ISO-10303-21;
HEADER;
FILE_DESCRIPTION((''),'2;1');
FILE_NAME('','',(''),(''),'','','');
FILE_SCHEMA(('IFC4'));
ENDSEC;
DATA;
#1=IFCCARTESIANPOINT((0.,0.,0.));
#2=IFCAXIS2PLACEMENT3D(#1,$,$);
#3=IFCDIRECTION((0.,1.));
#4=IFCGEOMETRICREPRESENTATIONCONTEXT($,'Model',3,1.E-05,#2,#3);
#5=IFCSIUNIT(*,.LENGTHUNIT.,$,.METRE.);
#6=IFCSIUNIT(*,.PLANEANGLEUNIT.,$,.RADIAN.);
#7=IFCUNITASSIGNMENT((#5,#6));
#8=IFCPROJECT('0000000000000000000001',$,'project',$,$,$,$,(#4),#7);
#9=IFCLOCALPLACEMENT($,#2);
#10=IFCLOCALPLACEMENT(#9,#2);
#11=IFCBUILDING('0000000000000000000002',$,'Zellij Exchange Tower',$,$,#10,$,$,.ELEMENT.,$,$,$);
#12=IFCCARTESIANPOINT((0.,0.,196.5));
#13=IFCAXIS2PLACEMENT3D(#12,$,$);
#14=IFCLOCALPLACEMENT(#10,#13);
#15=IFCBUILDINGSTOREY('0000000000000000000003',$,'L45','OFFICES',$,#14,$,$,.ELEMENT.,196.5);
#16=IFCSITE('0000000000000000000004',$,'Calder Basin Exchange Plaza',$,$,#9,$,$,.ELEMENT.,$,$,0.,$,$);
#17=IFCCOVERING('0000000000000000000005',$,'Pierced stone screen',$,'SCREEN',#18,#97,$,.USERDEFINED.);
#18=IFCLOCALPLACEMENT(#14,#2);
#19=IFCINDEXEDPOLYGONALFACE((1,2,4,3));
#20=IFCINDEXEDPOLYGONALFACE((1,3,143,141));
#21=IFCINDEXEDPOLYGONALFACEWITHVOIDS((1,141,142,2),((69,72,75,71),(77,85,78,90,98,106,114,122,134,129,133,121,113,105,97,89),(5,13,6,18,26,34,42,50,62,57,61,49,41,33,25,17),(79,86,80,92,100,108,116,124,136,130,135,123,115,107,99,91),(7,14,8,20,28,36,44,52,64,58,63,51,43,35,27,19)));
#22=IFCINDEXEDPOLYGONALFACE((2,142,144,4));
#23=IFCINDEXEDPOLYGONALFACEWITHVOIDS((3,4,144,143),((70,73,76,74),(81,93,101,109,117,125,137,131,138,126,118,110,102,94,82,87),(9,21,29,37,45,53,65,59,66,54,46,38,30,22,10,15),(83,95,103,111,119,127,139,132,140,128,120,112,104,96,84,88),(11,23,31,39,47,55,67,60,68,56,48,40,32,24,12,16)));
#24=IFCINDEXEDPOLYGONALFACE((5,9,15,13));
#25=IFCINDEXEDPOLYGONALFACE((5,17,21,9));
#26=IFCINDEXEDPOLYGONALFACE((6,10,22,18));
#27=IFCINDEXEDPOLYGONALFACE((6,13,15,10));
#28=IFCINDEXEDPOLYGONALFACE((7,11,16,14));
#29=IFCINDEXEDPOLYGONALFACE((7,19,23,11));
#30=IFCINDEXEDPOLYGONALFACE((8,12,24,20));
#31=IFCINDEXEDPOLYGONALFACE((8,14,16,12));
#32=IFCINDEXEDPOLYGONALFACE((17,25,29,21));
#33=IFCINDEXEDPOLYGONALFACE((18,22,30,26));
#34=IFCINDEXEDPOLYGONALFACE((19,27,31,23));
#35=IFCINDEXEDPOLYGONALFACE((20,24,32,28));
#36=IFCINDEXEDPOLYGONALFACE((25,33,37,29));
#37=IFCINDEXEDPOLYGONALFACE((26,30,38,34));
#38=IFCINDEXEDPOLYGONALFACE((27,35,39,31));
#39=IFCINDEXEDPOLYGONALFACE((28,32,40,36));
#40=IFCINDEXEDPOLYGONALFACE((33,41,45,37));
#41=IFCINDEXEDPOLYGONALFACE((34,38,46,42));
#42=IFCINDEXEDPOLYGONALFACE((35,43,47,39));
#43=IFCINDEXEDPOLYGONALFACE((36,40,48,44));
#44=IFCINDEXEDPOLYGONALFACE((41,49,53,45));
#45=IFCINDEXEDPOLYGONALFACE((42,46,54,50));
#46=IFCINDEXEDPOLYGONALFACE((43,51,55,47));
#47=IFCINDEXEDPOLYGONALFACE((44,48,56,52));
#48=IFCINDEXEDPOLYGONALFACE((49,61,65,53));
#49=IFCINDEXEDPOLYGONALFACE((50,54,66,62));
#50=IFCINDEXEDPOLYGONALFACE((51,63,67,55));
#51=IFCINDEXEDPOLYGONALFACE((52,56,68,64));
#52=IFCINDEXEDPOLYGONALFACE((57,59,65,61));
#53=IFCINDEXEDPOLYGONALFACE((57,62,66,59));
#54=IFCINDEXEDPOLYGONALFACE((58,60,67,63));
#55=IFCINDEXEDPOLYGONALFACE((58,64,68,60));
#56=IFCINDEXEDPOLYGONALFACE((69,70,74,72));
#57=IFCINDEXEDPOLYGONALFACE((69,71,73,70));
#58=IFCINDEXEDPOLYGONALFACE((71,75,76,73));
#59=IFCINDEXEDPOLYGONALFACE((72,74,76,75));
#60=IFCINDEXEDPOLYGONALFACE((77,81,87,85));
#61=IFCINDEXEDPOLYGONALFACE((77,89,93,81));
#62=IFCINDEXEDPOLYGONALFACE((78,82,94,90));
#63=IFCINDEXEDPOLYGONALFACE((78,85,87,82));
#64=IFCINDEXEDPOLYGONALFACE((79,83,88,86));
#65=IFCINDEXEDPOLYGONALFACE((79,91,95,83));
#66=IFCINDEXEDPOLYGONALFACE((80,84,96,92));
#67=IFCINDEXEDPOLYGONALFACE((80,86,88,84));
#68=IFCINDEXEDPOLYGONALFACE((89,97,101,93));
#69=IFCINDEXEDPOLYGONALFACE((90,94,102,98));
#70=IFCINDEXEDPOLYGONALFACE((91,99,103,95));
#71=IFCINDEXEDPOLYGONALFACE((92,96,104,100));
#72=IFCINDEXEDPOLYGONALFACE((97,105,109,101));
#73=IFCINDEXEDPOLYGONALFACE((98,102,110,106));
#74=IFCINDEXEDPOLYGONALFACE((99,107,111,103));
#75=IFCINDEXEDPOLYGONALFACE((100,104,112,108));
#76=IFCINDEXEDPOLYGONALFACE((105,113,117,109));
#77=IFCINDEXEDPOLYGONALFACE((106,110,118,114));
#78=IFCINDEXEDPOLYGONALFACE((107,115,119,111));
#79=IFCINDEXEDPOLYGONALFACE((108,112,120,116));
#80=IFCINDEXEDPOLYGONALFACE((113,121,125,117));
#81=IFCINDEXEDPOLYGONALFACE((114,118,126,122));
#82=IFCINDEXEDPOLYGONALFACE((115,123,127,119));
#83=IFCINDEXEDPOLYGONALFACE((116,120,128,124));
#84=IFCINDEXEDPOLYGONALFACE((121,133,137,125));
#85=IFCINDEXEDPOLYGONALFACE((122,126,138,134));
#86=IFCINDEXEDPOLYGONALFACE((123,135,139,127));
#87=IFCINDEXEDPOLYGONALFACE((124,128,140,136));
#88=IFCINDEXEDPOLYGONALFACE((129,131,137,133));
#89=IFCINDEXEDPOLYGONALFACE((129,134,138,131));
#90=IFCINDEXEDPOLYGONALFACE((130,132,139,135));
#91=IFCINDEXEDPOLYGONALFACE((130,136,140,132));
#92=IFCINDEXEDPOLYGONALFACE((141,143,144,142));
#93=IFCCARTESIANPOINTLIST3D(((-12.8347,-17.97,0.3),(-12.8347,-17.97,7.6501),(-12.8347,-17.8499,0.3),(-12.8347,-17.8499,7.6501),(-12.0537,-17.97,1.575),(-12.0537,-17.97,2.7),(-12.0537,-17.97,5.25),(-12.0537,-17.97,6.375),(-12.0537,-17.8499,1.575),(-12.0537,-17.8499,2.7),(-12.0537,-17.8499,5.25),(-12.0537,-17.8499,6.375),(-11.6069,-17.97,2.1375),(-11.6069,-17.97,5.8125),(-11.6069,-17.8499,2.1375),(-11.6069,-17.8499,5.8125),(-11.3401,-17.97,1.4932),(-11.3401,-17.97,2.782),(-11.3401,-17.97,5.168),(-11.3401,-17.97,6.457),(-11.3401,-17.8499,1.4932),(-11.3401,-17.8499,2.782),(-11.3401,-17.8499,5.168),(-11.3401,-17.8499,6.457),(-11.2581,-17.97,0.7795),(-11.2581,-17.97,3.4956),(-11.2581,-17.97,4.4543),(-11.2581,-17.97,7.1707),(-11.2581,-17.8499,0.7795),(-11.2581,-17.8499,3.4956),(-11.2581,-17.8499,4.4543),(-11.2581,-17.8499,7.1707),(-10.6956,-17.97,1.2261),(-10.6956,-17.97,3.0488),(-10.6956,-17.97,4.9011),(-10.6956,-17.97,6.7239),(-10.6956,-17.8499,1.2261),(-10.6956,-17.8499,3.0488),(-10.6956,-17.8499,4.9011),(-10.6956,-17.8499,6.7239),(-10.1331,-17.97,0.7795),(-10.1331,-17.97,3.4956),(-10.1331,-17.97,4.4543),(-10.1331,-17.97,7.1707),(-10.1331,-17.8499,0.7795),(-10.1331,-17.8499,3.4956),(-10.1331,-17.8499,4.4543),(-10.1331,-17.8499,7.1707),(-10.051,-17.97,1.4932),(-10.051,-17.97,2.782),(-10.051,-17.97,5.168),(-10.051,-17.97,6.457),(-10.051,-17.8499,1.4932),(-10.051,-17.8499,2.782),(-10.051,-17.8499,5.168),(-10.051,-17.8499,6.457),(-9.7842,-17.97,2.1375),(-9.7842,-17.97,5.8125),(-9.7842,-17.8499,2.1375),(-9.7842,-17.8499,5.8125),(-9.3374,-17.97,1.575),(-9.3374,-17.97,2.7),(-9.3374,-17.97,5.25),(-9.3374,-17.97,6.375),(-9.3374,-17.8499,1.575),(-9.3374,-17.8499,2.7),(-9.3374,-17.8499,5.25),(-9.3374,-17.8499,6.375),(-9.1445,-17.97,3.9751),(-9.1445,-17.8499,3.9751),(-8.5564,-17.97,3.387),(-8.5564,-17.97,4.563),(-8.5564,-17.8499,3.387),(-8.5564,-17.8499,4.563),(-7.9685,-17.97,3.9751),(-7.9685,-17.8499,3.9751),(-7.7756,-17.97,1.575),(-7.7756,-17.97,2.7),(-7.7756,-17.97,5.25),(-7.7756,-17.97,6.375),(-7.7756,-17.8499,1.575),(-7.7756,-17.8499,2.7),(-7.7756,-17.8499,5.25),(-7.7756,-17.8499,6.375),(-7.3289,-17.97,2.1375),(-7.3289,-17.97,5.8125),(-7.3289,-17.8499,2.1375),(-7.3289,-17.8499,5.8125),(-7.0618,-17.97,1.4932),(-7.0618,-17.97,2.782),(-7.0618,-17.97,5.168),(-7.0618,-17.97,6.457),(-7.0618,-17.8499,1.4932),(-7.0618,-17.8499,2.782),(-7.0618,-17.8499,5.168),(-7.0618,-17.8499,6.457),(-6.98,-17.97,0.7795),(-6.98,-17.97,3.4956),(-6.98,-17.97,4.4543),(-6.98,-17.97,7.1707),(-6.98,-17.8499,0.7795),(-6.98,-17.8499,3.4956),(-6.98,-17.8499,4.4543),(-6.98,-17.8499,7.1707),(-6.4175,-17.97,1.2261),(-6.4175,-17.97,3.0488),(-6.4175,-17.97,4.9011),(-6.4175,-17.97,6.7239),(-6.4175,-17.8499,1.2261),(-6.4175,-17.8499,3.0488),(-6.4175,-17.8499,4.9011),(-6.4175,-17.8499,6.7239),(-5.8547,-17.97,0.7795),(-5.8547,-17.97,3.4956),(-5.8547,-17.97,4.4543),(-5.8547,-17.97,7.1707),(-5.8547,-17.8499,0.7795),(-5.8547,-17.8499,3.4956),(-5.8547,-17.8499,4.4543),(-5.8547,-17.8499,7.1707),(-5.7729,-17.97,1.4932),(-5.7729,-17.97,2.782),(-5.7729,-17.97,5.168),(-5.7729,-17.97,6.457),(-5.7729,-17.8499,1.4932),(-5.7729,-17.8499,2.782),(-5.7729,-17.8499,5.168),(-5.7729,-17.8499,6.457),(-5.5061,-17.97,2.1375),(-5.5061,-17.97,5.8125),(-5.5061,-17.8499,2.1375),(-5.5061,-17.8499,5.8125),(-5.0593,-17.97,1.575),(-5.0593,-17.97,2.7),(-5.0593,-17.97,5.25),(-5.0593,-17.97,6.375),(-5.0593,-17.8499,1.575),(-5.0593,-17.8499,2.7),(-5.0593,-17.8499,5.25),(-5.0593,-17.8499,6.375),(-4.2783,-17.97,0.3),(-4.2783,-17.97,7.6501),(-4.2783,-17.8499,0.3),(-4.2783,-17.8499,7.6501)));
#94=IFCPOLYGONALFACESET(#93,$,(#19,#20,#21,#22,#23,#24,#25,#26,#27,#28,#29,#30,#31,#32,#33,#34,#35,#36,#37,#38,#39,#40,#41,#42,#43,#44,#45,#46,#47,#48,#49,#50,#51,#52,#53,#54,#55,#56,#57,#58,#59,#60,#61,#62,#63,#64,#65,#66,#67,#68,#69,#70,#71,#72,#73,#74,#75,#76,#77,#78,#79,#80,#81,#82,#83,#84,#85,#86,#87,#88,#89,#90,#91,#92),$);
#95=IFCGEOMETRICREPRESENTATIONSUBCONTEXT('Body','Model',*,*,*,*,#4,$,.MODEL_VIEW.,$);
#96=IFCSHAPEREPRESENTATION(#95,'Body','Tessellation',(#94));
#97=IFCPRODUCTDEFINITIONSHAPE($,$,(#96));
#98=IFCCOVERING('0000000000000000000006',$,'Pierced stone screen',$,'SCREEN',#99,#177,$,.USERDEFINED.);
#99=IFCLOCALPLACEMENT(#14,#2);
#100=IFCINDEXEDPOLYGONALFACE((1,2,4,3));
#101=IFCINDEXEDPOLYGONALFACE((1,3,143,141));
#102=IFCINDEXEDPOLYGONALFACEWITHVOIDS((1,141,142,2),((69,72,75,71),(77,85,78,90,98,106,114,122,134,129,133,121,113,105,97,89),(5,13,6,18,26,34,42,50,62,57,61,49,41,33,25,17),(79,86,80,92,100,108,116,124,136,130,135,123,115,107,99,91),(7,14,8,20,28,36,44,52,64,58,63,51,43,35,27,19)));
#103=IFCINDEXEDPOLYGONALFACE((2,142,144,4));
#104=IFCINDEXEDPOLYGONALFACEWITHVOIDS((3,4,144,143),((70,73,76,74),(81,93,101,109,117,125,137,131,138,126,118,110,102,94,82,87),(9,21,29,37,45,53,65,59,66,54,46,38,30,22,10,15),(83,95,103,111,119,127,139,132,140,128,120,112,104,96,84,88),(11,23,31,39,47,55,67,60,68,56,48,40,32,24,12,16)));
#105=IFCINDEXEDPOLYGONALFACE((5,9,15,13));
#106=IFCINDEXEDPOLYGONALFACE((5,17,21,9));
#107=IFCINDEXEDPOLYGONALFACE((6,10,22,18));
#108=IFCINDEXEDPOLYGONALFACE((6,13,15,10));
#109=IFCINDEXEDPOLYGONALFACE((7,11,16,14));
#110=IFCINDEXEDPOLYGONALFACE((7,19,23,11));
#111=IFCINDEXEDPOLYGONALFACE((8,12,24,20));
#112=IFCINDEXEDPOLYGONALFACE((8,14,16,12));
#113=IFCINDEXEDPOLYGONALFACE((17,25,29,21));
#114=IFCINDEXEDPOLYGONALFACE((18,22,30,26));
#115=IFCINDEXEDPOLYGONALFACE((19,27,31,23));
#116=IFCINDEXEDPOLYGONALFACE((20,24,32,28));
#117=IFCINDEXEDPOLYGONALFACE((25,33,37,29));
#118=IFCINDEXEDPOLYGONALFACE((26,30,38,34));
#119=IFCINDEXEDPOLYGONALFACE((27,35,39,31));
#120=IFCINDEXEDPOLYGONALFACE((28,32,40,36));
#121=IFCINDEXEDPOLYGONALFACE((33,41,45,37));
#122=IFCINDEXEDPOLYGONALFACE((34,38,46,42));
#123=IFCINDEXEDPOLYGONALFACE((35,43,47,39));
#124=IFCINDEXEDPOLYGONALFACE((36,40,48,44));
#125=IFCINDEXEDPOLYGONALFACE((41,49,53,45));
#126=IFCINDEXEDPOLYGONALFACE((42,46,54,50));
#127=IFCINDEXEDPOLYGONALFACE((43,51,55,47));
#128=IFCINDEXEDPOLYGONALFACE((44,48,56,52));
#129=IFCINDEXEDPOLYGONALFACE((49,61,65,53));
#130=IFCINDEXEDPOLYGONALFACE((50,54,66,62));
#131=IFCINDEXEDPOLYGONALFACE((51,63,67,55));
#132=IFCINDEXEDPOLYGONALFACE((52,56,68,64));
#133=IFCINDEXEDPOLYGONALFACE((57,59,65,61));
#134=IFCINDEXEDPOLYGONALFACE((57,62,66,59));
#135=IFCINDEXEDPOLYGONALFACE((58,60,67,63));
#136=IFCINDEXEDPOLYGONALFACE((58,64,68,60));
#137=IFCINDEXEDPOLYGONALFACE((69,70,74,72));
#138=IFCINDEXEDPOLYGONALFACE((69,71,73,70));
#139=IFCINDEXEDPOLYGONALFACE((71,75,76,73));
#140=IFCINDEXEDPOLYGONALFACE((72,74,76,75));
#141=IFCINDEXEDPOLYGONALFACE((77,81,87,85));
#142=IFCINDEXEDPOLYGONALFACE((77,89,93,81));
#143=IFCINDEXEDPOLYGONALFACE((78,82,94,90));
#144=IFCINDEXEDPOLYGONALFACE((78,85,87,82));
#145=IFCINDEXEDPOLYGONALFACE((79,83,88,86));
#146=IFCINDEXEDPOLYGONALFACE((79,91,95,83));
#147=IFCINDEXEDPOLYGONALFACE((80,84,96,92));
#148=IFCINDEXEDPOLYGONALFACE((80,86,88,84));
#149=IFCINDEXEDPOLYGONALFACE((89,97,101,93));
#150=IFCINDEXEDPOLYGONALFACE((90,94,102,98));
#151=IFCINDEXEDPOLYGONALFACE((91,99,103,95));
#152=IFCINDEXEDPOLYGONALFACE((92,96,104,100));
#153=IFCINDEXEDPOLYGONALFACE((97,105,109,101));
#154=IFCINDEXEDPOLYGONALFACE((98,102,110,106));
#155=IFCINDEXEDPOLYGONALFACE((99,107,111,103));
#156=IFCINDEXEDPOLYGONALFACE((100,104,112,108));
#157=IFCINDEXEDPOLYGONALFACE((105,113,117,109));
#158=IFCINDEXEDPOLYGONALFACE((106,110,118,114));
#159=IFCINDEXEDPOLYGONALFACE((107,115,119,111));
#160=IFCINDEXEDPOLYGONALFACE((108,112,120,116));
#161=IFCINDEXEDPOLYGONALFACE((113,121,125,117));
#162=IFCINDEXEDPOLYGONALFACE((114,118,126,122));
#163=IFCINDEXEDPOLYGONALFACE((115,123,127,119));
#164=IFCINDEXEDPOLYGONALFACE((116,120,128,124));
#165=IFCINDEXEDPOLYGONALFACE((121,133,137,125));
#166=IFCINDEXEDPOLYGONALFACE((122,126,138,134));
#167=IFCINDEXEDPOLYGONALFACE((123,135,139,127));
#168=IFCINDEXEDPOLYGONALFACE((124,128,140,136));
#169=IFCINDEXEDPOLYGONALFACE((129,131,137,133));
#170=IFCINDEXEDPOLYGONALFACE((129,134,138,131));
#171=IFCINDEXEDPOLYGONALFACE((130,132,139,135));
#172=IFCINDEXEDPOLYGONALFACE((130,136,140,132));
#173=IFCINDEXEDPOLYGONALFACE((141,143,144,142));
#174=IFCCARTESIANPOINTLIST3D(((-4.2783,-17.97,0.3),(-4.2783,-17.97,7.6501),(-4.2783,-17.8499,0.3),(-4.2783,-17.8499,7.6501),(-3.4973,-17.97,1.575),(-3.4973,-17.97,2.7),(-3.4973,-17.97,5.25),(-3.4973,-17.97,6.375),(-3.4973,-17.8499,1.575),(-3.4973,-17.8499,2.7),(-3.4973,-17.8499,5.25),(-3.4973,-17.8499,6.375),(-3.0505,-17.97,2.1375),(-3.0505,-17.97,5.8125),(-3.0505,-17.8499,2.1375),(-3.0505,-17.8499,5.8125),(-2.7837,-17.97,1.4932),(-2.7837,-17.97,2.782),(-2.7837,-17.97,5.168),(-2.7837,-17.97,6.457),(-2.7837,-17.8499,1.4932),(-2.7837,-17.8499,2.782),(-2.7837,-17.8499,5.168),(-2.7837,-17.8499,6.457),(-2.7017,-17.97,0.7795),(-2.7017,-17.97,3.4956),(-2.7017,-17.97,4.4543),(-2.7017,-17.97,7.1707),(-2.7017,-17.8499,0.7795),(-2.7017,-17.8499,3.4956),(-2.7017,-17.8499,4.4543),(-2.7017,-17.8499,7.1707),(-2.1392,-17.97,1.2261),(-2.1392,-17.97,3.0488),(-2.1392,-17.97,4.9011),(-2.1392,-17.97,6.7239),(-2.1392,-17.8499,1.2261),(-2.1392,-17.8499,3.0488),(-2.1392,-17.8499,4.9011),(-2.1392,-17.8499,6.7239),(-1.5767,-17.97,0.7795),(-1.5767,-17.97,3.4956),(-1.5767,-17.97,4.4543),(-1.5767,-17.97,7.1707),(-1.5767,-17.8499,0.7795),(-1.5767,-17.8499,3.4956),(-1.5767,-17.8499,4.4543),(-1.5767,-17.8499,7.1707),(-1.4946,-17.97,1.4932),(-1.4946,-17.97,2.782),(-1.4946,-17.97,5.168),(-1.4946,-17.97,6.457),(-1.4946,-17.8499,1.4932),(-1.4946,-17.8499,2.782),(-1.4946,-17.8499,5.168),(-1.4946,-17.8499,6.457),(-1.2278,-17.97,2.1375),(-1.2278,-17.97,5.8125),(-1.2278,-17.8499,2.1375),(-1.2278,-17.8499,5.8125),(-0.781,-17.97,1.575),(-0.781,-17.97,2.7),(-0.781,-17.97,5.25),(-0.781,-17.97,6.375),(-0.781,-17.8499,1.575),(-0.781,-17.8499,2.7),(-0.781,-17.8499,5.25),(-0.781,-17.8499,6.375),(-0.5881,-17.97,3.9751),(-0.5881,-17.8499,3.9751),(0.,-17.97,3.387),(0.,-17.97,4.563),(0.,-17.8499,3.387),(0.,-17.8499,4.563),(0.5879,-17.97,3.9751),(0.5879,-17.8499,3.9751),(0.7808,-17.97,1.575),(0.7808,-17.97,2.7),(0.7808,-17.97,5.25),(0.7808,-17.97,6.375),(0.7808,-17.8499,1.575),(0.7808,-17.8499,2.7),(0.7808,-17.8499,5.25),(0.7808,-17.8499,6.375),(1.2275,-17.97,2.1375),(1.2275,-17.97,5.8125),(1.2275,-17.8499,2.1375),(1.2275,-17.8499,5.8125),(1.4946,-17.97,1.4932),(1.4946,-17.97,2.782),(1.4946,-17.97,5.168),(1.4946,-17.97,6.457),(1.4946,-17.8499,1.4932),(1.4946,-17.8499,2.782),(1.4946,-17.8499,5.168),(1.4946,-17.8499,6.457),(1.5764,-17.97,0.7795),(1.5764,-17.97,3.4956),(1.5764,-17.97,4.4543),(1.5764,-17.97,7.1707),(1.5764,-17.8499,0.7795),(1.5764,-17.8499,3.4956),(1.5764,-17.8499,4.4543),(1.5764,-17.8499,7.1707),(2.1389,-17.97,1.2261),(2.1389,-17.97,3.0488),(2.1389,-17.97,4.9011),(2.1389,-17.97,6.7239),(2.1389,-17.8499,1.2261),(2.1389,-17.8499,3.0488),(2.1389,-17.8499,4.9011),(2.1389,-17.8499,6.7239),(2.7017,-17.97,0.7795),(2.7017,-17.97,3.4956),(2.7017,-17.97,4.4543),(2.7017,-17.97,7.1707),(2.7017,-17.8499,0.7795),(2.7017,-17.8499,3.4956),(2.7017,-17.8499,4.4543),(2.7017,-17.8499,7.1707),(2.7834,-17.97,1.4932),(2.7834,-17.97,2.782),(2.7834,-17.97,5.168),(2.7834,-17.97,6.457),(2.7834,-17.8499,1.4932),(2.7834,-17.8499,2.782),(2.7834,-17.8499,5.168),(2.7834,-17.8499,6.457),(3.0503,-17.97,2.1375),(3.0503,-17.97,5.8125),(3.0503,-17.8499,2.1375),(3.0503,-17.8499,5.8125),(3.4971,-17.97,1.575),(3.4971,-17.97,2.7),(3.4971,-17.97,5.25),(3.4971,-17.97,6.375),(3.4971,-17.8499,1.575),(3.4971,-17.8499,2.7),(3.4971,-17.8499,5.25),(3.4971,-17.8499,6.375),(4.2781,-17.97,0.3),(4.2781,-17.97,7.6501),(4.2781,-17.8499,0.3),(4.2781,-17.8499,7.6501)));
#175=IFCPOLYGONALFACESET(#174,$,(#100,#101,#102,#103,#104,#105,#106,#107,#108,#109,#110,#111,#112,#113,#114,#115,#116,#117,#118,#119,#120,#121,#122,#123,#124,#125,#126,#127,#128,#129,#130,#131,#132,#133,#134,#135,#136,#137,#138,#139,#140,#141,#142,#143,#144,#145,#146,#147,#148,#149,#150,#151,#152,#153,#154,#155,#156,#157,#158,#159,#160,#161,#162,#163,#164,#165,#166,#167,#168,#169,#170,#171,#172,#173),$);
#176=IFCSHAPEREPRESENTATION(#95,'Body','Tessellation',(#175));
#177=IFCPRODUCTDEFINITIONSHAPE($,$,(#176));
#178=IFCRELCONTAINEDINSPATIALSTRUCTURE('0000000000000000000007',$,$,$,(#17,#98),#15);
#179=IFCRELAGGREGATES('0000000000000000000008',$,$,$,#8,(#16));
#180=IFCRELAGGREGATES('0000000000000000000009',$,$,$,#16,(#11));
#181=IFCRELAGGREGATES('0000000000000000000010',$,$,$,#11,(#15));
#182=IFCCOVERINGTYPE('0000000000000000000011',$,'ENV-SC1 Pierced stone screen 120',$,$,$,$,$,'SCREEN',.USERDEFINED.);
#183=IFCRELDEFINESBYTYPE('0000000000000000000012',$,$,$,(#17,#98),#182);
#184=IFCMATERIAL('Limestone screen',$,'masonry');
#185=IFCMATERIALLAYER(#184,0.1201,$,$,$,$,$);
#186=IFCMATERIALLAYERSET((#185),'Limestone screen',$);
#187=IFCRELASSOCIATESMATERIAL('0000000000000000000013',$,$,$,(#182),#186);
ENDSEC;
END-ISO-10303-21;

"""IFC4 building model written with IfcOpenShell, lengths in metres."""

from ifc_helpers import new_model, si_unit, direction, frame, origin, place, context, subcontext, project, spatial, polyline, outline, extrude, material, layer, layer_set, type_object, element, save


model = new_model("IFC4")

# Units and contexts
model_context = context("Model", 3, precision=1e-05, world=origin(), true_north=direction((0.0, 1.0)))
body_context = subcontext(model_context, "Body", "Model", "MODEL_VIEW")
ifc_project = project(units=[si_unit("LENGTHUNIT", "METRE"), si_unit("PLANEANGLEUNIT", "RADIAN")], contexts=[model_context])

# Site, building, storey
site_placement = place(None, origin())
site = spatial("IfcSite", under=ifc_project, at=site_placement, Name="Calder Basin Exchange Plaza", CompositionType="ELEMENT", RefElevation=0.0)
building_placement = place(site_placement, origin())
building = spatial("IfcBuilding", under=site, at=building_placement, Name="Zellij Exchange Tower", CompositionType="ELEMENT")
storey_placement = place(building_placement, frame((0.0, 0.0, 196.5)))
storey = spatial("IfcBuildingStorey", under=building, at=storey_placement, Name="L45", Description="OFFICES", CompositionType="ELEMENT", Elevation=196.5)

# Coverings
ifc_material_1 = material(Name="Limestone screen", Category="masonry")
ifc_layer_1 = layer(ifc_material_1, 0.1201)
ifc_layer_set_1 = layer_set([ifc_layer_1], Name="Limestone screen")
covering_type = type_object("IfcCoveringType", Name="ENV-SC1 Pierced stone screen 120", ElementType="SCREEN", PredefinedType="USERDEFINED", material=ifc_layer_set_1)
covering_1_placement = place(storey_placement, frame((-12.8347, -17.9099, 0.3), z_axis=(0.0, 0.0, 1.0), x_axis=(1.0, 0.0, 0.0)))
element("IfcCovering", 1, at=covering_1_placement, inside=storey, type_object=covering_type, Name="Pierced stone screen", ObjectType="SCREEN", PredefinedType="USERDEFINED", context=body_context, shape_type="SweptSolid", body=[
    extrude(outline(polyline([(0.0, 0.0), (8.5564, 0.0), (8.5564, 7.3501), (0.0, 7.3501), (0.0, 0.0)]), holes=[polyline([(3.4973, 2.3999), (2.7837, 2.4819), (2.7017, 3.1956), (2.1392, 2.7488), (1.5767, 3.1956), (1.4946, 2.4819), (0.781, 2.3999), (1.2278, 1.8374), (0.781, 1.2749), (1.4946, 1.1931), (1.5767, 0.4795), (2.1392, 0.926), (2.7017, 0.4795), (2.7837, 1.1931), (3.4973, 1.2749), (3.0505, 1.8374), (3.4973, 2.3999)]), polyline([(3.4973, 6.075), (2.7837, 6.157), (2.7017, 6.8706), (2.1392, 6.4238), (1.5767, 6.8706), (1.4946, 6.157), (0.781, 6.075), (1.2278, 5.5125), (0.781, 4.95), (1.4946, 4.8679), (1.5767, 4.1543), (2.1392, 4.6011), (2.7017, 4.1543), (2.7837, 4.8679), (3.4973, 4.95), (3.0505, 5.5125), (3.4973, 6.075)]), polyline([(7.7754, 2.3999), (7.0618, 2.4819), (6.98, 3.1956), (6.4172, 2.7488), (5.8547, 3.1956), (5.7729, 2.4819), (5.0591, 2.3999), (5.5059, 1.8374), (5.0591, 1.2749), (5.7729, 1.1931), (5.8547, 0.4795), (6.4172, 0.926), (6.98, 0.4795), (7.0618, 1.1931), (7.7754, 1.2749), (7.3286, 1.8374), (7.7754, 2.3999)]), polyline([(7.7754, 6.075), (7.0618, 6.157), (6.98, 6.8706), (6.4172, 6.4238), (5.8547, 6.8706), (5.7729, 6.157), (5.0591, 6.075), (5.5059, 5.5125), (5.0591, 4.95), (5.7729, 4.8679), (5.8547, 4.1543), (6.4172, 4.6011), (6.98, 4.1543), (7.0618, 4.8679), (7.7754, 4.95), (7.3286, 5.5125), (7.7754, 6.075)]), polyline([(4.8662, 3.675), (4.2783, 4.2629), (3.6902, 3.675), (4.2783, 3.0869), (4.8662, 3.675)])]), frame((0.0, 0.0601, 0.0), z_axis=(0.0, -1.0, 0.0), x_axis=(1.0, 0.0, 0.0)), (0.0, 0.0, 1.0), 0.1201),
])
covering_2_placement = place(storey_placement, frame((-4.2783, -17.9099, 0.3), z_axis=(0.0, 0.0, 1.0), x_axis=(1.0, 0.0, 0.0)))
element("IfcCovering", 2, at=covering_2_placement, inside=storey, type_object=covering_type, Name="Pierced stone screen", ObjectType="SCREEN", PredefinedType="USERDEFINED", context=body_context, shape_type="SweptSolid", body=[
    extrude(outline(polyline([(0.0, 0.0), (8.5564, 0.0), (8.5564, 7.3501), (0.0, 7.3501), (0.0, 0.0)]), holes=[polyline([(3.4973, 2.3999), (2.7837, 2.4819), (2.7017, 3.1956), (2.1392, 2.7488), (1.5767, 3.1956), (1.4946, 2.4819), (0.781, 2.3999), (1.2278, 1.8374), (0.781, 1.2749), (1.4946, 1.1931), (1.5767, 0.4795), (2.1392, 0.926), (2.7017, 0.4795), (2.7837, 1.1931), (3.4973, 1.2749), (3.0505, 1.8374), (3.4973, 2.3999)]), polyline([(3.4973, 6.075), (2.7837, 6.157), (2.7017, 6.8706), (2.1392, 6.4238), (1.5767, 6.8706), (1.4946, 6.157), (0.781, 6.075), (1.2278, 5.5125), (0.781, 4.95), (1.4946, 4.8679), (1.5767, 4.1543), (2.1392, 4.6011), (2.7017, 4.1543), (2.7837, 4.8679), (3.4973, 4.95), (3.0505, 5.5125), (3.4973, 6.075)]), polyline([(7.7754, 2.3999), (7.0618, 2.4819), (6.98, 3.1956), (6.4172, 2.7488), (5.8547, 3.1956), (5.7729, 2.4819), (5.0591, 2.3999), (5.5059, 1.8374), (5.0591, 1.2749), (5.7729, 1.1931), (5.8547, 0.4795), (6.4172, 0.926), (6.98, 0.4795), (7.0618, 1.1931), (7.7754, 1.2749), (7.3286, 1.8374), (7.7754, 2.3999)]), polyline([(7.7754, 6.075), (7.0618, 6.157), (6.98, 6.8706), (6.4172, 6.4238), (5.8547, 6.8706), (5.7729, 6.157), (5.0591, 6.075), (5.5059, 5.5125), (5.0591, 4.95), (5.7729, 4.8679), (5.8547, 4.1543), (6.4172, 4.6011), (6.98, 4.1543), (7.0618, 4.8679), (7.7754, 4.95), (7.3286, 5.5125), (7.7754, 6.075)]), polyline([(4.8662, 3.675), (4.2783, 4.2629), (3.6902, 3.675), (4.2783, 3.0869), (4.8662, 3.675)])]), frame((0.0, 0.0601, 0.0), z_axis=(0.0, -1.0, 0.0), x_axis=(1.0, 0.0, 0.0)), (0.0, 0.0, 1.0), 0.1201),
])

save(model, "model.ifc")
